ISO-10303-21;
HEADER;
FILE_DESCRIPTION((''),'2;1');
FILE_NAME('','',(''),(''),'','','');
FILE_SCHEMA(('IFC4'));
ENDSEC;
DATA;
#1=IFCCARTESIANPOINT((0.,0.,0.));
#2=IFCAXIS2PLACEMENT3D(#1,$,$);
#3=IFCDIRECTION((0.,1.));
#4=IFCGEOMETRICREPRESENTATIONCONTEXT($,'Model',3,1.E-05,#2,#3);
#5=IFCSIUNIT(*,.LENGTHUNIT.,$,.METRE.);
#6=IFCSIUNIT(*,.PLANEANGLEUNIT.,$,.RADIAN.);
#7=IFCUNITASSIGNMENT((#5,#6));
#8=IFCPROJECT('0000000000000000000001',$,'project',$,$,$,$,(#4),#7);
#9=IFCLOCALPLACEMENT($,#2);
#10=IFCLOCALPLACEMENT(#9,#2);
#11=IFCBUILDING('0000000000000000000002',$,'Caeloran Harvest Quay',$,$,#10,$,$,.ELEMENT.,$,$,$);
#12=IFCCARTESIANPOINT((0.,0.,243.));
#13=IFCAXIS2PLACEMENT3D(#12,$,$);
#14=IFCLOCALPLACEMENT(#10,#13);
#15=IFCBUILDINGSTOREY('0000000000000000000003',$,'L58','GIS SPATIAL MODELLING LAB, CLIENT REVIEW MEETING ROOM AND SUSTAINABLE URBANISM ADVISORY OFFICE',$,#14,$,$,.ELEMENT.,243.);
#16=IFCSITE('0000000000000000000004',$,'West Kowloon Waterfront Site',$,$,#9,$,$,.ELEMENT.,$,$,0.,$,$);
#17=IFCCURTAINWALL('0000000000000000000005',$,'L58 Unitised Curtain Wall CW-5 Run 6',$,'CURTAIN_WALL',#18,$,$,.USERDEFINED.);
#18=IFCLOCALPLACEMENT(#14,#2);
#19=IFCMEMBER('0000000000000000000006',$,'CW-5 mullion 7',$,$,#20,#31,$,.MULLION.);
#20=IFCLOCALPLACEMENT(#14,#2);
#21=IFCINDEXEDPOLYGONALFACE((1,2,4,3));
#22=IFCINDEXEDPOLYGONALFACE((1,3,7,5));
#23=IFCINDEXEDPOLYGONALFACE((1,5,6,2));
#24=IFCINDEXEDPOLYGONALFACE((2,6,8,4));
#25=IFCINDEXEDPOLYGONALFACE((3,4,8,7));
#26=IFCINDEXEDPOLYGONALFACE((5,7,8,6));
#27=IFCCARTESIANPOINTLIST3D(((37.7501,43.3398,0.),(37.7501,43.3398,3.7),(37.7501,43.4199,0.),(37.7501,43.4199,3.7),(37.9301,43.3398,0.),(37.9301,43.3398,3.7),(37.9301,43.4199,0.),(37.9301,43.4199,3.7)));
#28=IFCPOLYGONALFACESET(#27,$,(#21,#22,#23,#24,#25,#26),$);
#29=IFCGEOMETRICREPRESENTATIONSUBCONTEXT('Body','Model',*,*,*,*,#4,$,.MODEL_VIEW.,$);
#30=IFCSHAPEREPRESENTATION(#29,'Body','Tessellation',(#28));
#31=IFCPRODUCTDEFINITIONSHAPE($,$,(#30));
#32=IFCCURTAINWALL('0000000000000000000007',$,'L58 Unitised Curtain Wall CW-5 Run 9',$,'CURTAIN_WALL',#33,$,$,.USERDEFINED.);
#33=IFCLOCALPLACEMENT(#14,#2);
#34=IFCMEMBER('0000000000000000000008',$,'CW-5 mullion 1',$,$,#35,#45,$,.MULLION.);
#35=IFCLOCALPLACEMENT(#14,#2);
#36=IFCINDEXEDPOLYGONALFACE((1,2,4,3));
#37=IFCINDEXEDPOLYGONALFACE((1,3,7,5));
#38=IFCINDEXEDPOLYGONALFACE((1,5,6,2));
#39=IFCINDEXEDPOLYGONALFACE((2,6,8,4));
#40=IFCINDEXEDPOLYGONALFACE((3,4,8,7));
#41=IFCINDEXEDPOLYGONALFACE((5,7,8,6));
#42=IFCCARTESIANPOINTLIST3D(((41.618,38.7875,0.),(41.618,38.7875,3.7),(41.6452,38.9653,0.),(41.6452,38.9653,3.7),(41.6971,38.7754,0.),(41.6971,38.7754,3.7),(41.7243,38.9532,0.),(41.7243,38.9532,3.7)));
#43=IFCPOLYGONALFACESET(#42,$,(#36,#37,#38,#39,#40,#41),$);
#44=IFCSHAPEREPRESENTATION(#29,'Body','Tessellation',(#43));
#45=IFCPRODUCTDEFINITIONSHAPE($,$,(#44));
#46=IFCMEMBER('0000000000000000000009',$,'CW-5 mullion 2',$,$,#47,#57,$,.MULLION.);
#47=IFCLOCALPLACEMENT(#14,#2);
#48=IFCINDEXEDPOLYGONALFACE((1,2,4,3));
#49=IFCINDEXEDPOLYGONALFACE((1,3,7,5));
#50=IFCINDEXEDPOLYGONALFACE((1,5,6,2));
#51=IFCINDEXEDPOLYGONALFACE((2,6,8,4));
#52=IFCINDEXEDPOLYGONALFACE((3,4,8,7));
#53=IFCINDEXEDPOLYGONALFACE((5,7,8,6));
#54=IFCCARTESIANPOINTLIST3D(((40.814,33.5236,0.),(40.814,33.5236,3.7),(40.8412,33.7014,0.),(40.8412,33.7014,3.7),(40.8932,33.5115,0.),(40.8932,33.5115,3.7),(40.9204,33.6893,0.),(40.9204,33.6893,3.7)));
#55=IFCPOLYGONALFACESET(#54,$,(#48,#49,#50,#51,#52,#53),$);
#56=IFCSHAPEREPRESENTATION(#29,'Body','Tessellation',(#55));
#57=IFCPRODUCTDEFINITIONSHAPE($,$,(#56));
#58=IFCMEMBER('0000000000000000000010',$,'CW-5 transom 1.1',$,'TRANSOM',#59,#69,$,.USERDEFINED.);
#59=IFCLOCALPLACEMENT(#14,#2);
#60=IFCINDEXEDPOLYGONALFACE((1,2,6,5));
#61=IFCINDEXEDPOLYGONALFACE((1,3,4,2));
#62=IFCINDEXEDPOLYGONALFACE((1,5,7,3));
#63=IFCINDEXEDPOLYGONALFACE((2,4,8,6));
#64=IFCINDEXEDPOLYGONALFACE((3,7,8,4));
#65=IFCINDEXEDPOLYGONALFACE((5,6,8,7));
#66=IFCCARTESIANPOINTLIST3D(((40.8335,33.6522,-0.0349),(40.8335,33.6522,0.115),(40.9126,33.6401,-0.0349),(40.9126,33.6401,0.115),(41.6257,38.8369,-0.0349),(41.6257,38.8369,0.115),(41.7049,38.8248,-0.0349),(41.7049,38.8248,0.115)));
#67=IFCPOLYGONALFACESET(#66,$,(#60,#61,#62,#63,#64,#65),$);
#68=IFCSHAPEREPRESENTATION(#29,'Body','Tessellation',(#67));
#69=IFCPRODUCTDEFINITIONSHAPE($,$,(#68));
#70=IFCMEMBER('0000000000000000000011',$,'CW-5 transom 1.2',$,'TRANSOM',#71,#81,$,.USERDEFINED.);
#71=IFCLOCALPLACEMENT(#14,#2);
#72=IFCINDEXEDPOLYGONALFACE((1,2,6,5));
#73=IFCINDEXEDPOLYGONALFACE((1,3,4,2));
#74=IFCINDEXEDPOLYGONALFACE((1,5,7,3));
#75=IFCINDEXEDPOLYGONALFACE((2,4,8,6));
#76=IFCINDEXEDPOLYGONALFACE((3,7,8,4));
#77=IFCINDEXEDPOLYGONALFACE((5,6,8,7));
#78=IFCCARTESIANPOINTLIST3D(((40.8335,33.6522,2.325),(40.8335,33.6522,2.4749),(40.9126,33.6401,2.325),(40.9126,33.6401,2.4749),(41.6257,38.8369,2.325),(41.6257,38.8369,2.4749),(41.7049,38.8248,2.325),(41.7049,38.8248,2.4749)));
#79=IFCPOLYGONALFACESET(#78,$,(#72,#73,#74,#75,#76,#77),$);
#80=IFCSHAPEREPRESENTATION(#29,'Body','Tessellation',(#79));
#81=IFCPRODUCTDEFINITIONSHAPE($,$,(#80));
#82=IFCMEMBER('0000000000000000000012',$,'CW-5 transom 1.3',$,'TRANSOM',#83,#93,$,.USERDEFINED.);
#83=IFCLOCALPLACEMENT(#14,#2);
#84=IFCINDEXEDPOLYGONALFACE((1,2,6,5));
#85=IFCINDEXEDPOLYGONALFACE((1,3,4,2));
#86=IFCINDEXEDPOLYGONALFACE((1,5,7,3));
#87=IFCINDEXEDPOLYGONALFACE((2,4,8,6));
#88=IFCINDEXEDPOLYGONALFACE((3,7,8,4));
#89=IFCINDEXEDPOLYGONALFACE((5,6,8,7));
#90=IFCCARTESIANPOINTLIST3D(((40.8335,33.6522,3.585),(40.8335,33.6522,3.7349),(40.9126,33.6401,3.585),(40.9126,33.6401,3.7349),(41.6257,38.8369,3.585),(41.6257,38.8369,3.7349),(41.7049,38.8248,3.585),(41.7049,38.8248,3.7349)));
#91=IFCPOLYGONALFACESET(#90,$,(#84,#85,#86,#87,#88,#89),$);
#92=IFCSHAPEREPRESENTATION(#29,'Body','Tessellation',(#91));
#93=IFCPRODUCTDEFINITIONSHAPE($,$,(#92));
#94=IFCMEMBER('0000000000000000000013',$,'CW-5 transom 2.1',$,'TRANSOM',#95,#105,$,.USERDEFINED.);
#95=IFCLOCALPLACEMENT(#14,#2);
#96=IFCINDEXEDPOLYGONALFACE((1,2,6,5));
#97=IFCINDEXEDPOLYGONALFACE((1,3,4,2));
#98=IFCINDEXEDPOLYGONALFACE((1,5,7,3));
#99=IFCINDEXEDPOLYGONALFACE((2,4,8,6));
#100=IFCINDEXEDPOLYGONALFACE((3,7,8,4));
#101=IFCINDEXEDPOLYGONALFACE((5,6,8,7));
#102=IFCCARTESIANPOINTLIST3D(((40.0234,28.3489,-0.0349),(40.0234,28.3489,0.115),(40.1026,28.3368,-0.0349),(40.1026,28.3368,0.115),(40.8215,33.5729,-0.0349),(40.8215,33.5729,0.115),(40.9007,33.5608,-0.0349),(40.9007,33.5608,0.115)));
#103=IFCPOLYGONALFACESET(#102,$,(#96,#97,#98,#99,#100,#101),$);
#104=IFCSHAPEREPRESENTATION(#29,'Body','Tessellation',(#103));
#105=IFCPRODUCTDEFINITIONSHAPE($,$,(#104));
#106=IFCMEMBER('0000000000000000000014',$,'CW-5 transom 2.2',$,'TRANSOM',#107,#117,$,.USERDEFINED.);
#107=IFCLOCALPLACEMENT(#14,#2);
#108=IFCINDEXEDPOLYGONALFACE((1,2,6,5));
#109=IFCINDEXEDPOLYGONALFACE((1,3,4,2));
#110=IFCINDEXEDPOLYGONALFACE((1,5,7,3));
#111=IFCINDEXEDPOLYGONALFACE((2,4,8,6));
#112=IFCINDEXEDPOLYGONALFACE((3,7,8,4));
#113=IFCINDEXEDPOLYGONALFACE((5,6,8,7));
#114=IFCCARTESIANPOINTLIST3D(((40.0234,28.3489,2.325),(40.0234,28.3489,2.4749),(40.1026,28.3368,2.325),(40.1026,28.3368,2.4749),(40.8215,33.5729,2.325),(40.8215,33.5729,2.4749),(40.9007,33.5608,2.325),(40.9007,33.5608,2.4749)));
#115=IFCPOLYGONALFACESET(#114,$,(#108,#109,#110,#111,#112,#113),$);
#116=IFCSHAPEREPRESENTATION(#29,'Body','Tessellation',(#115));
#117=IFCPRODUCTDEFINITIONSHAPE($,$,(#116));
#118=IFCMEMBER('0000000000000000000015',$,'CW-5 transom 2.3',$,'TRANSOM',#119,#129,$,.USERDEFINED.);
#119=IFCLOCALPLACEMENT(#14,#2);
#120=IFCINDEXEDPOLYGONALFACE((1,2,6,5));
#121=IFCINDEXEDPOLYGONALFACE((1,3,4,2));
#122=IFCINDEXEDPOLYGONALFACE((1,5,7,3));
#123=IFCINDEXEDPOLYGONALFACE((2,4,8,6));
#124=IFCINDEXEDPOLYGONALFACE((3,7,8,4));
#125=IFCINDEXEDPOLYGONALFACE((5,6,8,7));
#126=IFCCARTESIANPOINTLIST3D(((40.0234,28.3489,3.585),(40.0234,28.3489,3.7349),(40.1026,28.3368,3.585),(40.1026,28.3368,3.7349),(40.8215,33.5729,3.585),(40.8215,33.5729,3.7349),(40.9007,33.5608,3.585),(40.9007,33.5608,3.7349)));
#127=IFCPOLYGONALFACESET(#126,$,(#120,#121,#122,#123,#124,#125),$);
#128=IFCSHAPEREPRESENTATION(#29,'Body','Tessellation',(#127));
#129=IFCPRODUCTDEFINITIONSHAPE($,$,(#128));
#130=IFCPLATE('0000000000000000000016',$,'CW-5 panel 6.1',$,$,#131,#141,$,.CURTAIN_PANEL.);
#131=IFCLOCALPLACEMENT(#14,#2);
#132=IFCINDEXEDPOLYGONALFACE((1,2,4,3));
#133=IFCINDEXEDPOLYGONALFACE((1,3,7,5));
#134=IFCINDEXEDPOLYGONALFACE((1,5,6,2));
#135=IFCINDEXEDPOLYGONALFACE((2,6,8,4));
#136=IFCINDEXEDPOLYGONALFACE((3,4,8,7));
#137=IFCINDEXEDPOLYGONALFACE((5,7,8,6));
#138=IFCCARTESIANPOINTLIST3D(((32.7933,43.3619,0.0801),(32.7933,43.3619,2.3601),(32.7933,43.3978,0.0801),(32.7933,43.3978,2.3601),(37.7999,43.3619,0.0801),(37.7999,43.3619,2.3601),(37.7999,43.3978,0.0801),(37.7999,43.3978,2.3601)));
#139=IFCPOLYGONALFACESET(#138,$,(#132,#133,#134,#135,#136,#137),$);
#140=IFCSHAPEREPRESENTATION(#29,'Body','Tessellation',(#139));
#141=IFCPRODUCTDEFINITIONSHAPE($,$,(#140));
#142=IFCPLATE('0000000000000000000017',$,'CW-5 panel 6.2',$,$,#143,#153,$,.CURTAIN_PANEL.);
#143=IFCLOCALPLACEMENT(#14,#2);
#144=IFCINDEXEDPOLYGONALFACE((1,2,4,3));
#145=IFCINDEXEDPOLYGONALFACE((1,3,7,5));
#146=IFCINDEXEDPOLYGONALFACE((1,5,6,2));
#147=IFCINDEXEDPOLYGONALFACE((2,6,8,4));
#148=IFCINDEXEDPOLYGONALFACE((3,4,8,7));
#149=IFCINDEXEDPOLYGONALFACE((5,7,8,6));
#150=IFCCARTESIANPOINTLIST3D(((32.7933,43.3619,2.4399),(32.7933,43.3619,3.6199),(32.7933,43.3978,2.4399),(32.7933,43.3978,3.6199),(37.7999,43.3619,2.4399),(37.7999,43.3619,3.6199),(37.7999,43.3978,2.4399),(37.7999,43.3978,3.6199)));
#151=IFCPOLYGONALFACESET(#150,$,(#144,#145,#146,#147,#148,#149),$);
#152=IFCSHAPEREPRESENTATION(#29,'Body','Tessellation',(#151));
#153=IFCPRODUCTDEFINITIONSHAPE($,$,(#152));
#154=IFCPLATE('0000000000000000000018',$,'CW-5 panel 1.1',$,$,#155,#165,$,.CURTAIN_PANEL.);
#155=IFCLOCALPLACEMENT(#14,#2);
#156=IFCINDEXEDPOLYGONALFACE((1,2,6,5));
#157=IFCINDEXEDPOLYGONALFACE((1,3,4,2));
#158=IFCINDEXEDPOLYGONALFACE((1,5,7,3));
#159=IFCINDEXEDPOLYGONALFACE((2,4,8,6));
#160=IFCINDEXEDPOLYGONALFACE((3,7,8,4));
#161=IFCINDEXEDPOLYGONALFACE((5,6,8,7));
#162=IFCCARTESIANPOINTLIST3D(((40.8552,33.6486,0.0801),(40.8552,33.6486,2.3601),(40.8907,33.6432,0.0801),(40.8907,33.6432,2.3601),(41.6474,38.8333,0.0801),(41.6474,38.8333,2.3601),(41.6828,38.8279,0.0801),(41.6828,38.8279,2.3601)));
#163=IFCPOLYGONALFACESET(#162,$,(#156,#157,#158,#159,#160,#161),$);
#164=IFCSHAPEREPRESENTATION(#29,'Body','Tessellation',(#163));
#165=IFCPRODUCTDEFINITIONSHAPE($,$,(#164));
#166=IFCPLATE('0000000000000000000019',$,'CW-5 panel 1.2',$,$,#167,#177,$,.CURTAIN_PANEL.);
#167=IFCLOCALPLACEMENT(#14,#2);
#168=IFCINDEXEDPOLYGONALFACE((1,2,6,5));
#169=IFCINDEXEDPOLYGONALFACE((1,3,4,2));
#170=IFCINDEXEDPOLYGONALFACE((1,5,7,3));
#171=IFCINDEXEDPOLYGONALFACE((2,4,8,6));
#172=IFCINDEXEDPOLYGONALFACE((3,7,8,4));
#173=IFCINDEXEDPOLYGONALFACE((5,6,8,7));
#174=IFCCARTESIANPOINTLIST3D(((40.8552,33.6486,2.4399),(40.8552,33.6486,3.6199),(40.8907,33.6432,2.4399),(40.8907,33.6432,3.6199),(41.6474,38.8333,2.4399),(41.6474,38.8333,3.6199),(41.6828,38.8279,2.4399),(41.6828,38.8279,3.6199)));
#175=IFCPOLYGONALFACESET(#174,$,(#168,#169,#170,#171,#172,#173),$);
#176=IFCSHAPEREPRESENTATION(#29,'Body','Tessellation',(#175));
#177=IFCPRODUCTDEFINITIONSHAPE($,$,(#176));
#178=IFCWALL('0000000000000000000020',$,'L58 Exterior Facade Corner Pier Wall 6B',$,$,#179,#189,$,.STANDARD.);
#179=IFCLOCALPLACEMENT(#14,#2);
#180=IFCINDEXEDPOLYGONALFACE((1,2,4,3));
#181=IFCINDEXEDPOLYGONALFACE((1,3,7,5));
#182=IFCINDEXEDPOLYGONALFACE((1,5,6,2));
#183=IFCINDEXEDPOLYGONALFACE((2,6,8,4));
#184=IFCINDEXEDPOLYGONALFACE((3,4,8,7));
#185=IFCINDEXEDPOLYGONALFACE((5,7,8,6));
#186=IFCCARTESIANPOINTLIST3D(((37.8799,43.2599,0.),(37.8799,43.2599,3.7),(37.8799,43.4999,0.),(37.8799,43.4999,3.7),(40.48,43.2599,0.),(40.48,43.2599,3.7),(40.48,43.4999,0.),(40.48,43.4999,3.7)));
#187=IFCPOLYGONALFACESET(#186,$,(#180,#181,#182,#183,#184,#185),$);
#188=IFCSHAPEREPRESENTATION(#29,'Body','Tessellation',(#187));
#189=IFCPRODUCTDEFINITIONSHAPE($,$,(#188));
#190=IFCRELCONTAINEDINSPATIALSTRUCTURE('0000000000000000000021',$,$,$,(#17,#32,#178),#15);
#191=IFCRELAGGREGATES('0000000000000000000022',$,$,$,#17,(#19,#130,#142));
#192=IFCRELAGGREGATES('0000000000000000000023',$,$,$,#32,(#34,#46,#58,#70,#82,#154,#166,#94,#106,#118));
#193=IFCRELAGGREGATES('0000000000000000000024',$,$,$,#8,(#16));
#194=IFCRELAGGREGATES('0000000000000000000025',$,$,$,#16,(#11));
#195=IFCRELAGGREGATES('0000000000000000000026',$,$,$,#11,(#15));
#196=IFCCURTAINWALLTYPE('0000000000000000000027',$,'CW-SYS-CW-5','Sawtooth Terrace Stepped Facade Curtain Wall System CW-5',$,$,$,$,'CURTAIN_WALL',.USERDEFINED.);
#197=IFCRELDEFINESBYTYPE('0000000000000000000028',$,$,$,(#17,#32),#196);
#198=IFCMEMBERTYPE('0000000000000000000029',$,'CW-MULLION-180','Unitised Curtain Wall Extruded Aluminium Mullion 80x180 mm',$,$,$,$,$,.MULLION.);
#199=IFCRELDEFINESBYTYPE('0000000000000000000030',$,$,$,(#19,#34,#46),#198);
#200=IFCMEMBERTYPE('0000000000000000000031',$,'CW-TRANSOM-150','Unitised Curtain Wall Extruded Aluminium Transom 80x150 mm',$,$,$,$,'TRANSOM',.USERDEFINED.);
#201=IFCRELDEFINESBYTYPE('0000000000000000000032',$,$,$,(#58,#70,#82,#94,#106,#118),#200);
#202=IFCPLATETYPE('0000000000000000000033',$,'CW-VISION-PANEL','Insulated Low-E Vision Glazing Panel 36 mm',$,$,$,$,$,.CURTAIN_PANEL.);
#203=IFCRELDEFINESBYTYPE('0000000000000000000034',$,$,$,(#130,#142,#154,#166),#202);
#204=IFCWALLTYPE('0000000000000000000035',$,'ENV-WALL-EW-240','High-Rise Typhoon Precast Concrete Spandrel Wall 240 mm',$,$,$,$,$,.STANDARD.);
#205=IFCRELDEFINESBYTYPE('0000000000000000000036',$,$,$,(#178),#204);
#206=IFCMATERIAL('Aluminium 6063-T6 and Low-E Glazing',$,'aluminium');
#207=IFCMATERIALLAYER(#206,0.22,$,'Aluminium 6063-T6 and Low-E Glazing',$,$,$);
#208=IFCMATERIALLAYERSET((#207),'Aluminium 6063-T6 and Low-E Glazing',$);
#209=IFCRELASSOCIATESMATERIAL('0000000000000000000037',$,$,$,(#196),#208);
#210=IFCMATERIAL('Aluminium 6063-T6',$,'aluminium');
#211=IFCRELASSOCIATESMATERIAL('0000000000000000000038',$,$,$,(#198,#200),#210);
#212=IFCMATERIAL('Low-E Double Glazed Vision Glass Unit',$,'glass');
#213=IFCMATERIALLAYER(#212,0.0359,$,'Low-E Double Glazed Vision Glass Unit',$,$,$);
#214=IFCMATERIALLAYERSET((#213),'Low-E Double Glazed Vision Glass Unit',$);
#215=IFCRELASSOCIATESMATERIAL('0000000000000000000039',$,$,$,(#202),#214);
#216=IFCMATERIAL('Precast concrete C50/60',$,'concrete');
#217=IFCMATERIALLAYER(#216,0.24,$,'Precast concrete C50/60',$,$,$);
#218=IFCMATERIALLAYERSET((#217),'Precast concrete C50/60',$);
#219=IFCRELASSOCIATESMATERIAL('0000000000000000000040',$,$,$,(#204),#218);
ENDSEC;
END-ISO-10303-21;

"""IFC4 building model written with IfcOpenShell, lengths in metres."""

from ifc_helpers import new_model, si_unit, direction, frame, frame_2d, origin, origin_2d, place, context, subcontext, project, spatial, rectangle, extrude, material, layer, layer_set, material_profile, profile_set, type_object, element, aggregate, save


model = new_model("IFC4")

# Units and contexts
model_context = context("Model", 3, precision=1e-05, world=origin(), true_north=direction((0.0, 1.0)))
body_context = subcontext(model_context, "Body", "Model", "MODEL_VIEW")
ifc_project = project(units=[si_unit("LENGTHUNIT", "METRE"), si_unit("PLANEANGLEUNIT", "RADIAN")], contexts=[model_context])

# Site, building, storey
site_placement = place(None, origin())
site = spatial("IfcSite", under=ifc_project, at=site_placement, Name="West Kowloon Waterfront Site", CompositionType="ELEMENT", RefElevation=0.0)
building_placement = place(site_placement, origin())
building = spatial("IfcBuilding", under=site, at=building_placement, Name="Caeloran Harvest Quay", CompositionType="ELEMENT")
storey_placement = place(building_placement, frame((0.0, 0.0, 243.0)))
storey = spatial("IfcBuildingStorey", under=building, at=storey_placement, Name="L58", Description="GIS SPATIAL MODELLING LAB, CLIENT REVIEW MEETING ROOM AND SUSTAINABLE URBANISM ADVISORY OFFICE", CompositionType="ELEMENT", Elevation=243.0)

# Curtain wall, member
ifc_material_1 = material(Name="Aluminium 6063-T6 and Low-E Glazing", Category="aluminium")
ifc_layer_1 = layer(ifc_material_1, 0.22, Name="Aluminium 6063-T6 and Low-E Glazing")
ifc_layer_set_1 = layer_set([ifc_layer_1], Name="Aluminium 6063-T6 and Low-E Glazing")
curtain_wall_type = type_object("IfcCurtainWallType", Name="CW-SYS-CW-5", Description="Sawtooth Terrace Stepped Facade Curtain Wall System CW-5", ElementType="CURTAIN_WALL", PredefinedType="USERDEFINED", material=ifc_layer_set_1)
curtain_wall_1_placement = place(storey_placement, origin())
curtain_wall_1 = element("IfcCurtainWall", 1, at=curtain_wall_1_placement, inside=storey, type_object=curtain_wall_type, Name="L58 Unitised Curtain Wall CW-5 Run 6", ObjectType="CURTAIN_WALL", PredefinedType="USERDEFINED")
ifc_material_2 = material(Name="Aluminium 6063-T6", Category="aluminium")
ifc_material_profile_1 = material_profile(ifc_material_2, rectangle(XDim=0.0801, YDim=0.1799, at=origin_2d()), Name="CW-MULLION-180")
ifc_profile_set_1 = profile_set([ifc_material_profile_1], Name="Aluminium 6063-T6")
member_type_1 = type_object("IfcMemberType", Name="CW-MULLION-180", Description="Unitised Curtain Wall Extruded Aluminium Mullion 80x180 mm", PredefinedType="MULLION", material=ifc_profile_set_1)
member_1_placement = place(storey_placement, frame((37.8401, 43.3799, 0.0), z_axis=(0.0, 0.0, 1.0), x_axis=(0.0, 1.0, 0.0)))
member_1 = element("IfcMember", 2, at=member_1_placement, type_object=member_type_1, Name="CW-5 mullion 7", PredefinedType="MULLION", context=body_context, shape_type="SweptSolid", body=[
    extrude(rectangle(XDim=0.0801, YDim=0.1799, at=origin_2d()), origin(), (0.0, 0.0, 1.0), 3.7),
])

# Curtain wall, members
curtain_wall_2_placement = place(storey_placement, origin())
curtain_wall_2 = element("IfcCurtainWall", 3, at=curtain_wall_2_placement, inside=storey, type_object=curtain_wall_type, Name="L58 Unitised Curtain Wall CW-5 Run 9", ObjectType="CURTAIN_WALL", PredefinedType="USERDEFINED")
member_2_placement = place(storey_placement, frame((41.6711, 38.8704, 0.0), z_axis=(0.0, 0.0, 1.0), x_axis=(0.98853, -0.151028, 0.0)))
member_2 = element("IfcMember", 4, at=member_2_placement, type_object=member_type_1, Name="CW-5 mullion 1", PredefinedType="MULLION", context=body_context, shape_type="SweptSolid", body=[
    extrude(rectangle(XDim=0.0801, YDim=0.1799, at=origin_2d()), origin(), (0.0, 0.0, 1.0), 3.7),
])
member_3_placement = place(storey_placement, frame((40.8672, 33.6064, 0.0), z_axis=(0.0, 0.0, 1.0), x_axis=(0.98853, -0.151028, 0.0)))
member_3 = element("IfcMember", 5, at=member_3_placement, type_object=member_type_1, Name="CW-5 mullion 2", PredefinedType="MULLION", context=body_context, shape_type="SweptSolid", body=[
    extrude(rectangle(XDim=0.0801, YDim=0.1799, at=origin_2d()), origin(), (0.0, 0.0, 1.0), 3.7),
])
ifc_material_profile_2 = material_profile(ifc_material_2, rectangle(XDim=0.0801, YDim=0.1499, at=origin_2d()), Name="CW-TRANSOM-150")
ifc_profile_set_2 = profile_set([ifc_material_profile_2], Name="Aluminium 6063-T6")
member_type_2 = type_object("IfcMemberType", Name="CW-TRANSOM-150", Description="Unitised Curtain Wall Extruded Aluminium Transom 80x150 mm", ElementType="TRANSOM", PredefinedType="USERDEFINED", material=ifc_profile_set_2)
member_4_placement = place(storey_placement, frame((41.6653, 38.8308, 0.04), z_axis=(-0.151046, -0.988527, 0.0), x_axis=(0.988527, -0.151046, 0.0)))
member_4 = element("IfcMember", 6, at=member_4_placement, type_object=member_type_2, Name="CW-5 transom 1.1", ObjectType="TRANSOM", PredefinedType="USERDEFINED", context=body_context, shape_type="SweptSolid", body=[
    extrude(rectangle(XDim=0.0801, YDim=0.1499, at=origin_2d()), origin(), (0.0, 0.0, 1.0), 5.2449),
])
member_5_placement = place(storey_placement, frame((41.6653, 38.8308, 2.3999), z_axis=(-0.151046, -0.988527, 0.0), x_axis=(0.988527, -0.151046, 0.0)))
member_5 = element("IfcMember", 7, at=member_5_placement, type_object=member_type_2, Name="CW-5 transom 1.2", ObjectType="TRANSOM", PredefinedType="USERDEFINED", context=body_context, shape_type="SweptSolid", body=[
    extrude(rectangle(XDim=0.0801, YDim=0.1499, at=origin_2d()), origin(), (0.0, 0.0, 1.0), 5.2449),
])
member_6_placement = place(storey_placement, frame((41.6653, 38.8308, 3.6599), z_axis=(-0.151046, -0.988527, 0.0), x_axis=(0.988527, -0.151046, 0.0)))
member_6 = element("IfcMember", 8, at=member_6_placement, type_object=member_type_2, Name="CW-5 transom 1.3", ObjectType="TRANSOM", PredefinedType="USERDEFINED", context=body_context, shape_type="SweptSolid", body=[
    extrude(rectangle(XDim=0.0801, YDim=0.1499, at=origin_2d()), origin(), (0.0, 0.0, 1.0), 5.2449),
])
member_7_placement = place(storey_placement, frame((40.8611, 33.5669, 0.04), z_axis=(-0.151019, -0.988531, 0.0), x_axis=(0.988531, -0.151019, 0.0)))
member_7 = element("IfcMember", 9, at=member_7_placement, type_object=member_type_2, Name="CW-5 transom 2.1", ObjectType="TRANSOM", PredefinedType="USERDEFINED", context=body_context, shape_type="SweptSolid", body=[
    extrude(rectangle(XDim=0.0801, YDim=0.1499, at=origin_2d()), origin(), (0.0, 0.0, 1.0), 5.2847),
])
member_8_placement = place(storey_placement, frame((40.8611, 33.5669, 2.3999), z_axis=(-0.151019, -0.988531, 0.0), x_axis=(0.988531, -0.151019, 0.0)))
member_8 = element("IfcMember", 10, at=member_8_placement, type_object=member_type_2, Name="CW-5 transom 2.2", ObjectType="TRANSOM", PredefinedType="USERDEFINED", context=body_context, shape_type="SweptSolid", body=[
    extrude(rectangle(XDim=0.0801, YDim=0.1499, at=origin_2d()), origin(), (0.0, 0.0, 1.0), 5.2847),
])
member_9_placement = place(storey_placement, frame((40.8611, 33.5669, 3.6599), z_axis=(-0.151019, -0.988531, 0.0), x_axis=(0.988531, -0.151019, 0.0)))
member_9 = element("IfcMember", 11, at=member_9_placement, type_object=member_type_2, Name="CW-5 transom 2.3", ObjectType="TRANSOM", PredefinedType="USERDEFINED", context=body_context, shape_type="SweptSolid", body=[
    extrude(rectangle(XDim=0.0801, YDim=0.1499, at=origin_2d()), origin(), (0.0, 0.0, 1.0), 5.2847),
])

# Plates
ifc_material_3 = material(Name="Low-E Double Glazed Vision Glass Unit", Category="glass")
ifc_layer_2 = layer(ifc_material_3, 0.0359, Name="Low-E Double Glazed Vision Glass Unit")
ifc_layer_set_2 = layer_set([ifc_layer_2], Name="Low-E Double Glazed Vision Glass Unit")
plate_type = type_object("IfcPlateType", Name="CW-VISION-PANEL", Description="Insulated Low-E Vision Glazing Panel 36 mm", PredefinedType="CURTAIN_PANEL", material=ifc_layer_set_2)
plate_1_placement = place(storey_placement, frame((35.2966, 43.3799, 0.0801), z_axis=(0.0, 0.0, 1.0), x_axis=(1.0, 0.0, 0.0)))
plate_1 = element("IfcPlate", 12, at=plate_1_placement, type_object=plate_type, Name="CW-5 panel 6.1", PredefinedType="CURTAIN_PANEL", context=body_context, shape_type="SweptSolid", body=[
    extrude(rectangle(XDim=5.0066, YDim=0.0359, at=origin_2d()), origin(), (0.0, 0.0, 1.0), 2.28),
])
plate_2_placement = place(storey_placement, frame((35.2966, 43.3799, 2.4399), z_axis=(0.0, 0.0, 1.0), x_axis=(1.0, 0.0, 0.0)))
plate_2 = element("IfcPlate", 13, at=plate_2_placement, type_object=plate_type, Name="CW-5 panel 6.2", PredefinedType="CURTAIN_PANEL", context=body_context, shape_type="SweptSolid", body=[
    extrude(rectangle(XDim=5.0066, YDim=0.0359, at=origin_2d()), origin(), (0.0, 0.0, 1.0), 1.1799),
])
aggregate(curtain_wall_1, [member_1, plate_1, plate_2])
plate_3_placement = place(storey_placement, frame((41.269, 36.2383, 0.0801), z_axis=(0.0, 0.0, 1.0), x_axis=(-0.151028, -0.98853, 0.0)))
plate_3 = element("IfcPlate", 14, at=plate_3_placement, type_object=plate_type, Name="CW-5 panel 1.1", PredefinedType="CURTAIN_PANEL", context=body_context, shape_type="SweptSolid", body=[
    extrude(rectangle(XDim=5.2449, YDim=0.0359, at=origin_2d()), origin(), (0.0, 0.0, 1.0), 2.28),
])
plate_4_placement = place(storey_placement, frame((41.269, 36.2383, 2.4399), z_axis=(0.0, 0.0, 1.0), x_axis=(-0.151028, -0.98853, 0.0)))
plate_4 = element("IfcPlate", 15, at=plate_4_placement, type_object=plate_type, Name="CW-5 panel 1.2", PredefinedType="CURTAIN_PANEL", context=body_context, shape_type="SweptSolid", body=[
    extrude(rectangle(XDim=5.2449, YDim=0.0359, at=origin_2d()), origin(), (0.0, 0.0, 1.0), 1.1799),
])
aggregate(curtain_wall_2, [member_2, member_3, member_4, member_5, member_6, plate_3, plate_4, member_7, member_8, member_9])

# Wall
ifc_material_4 = material(Name="Precast concrete C50/60", Category="concrete")
ifc_layer_3 = layer(ifc_material_4, 0.24, Name="Precast concrete C50/60")
ifc_layer_set_3 = layer_set([ifc_layer_3], Name="Precast concrete C50/60")
wall_type_1 = type_object("IfcWallType", Name="ENV-WALL-EW-240", Description="High-Rise Typhoon Precast Concrete Spandrel Wall 240 mm", PredefinedType="STANDARD", material=ifc_layer_set_3)
wall_1_placement = place(storey_placement, frame((37.8799, 43.3799, 0.0), z_axis=(0.0, 0.0, 1.0), x_axis=(1.0, 0.0, 0.0)))
element("IfcWall", 16, at=wall_1_placement, inside=storey, type_object=wall_type_1, Name="L58 Exterior Facade Corner Pier Wall 6B", PredefinedType="STANDARD", context=body_context, shape_type="SweptSolid", body=[
    extrude(rectangle(XDim=2.6001, YDim=0.24, at=frame_2d((1.3, 0.0))), origin(), (0.0, 0.0, 1.0), 3.7),
])

save(model, "model.ifc")
